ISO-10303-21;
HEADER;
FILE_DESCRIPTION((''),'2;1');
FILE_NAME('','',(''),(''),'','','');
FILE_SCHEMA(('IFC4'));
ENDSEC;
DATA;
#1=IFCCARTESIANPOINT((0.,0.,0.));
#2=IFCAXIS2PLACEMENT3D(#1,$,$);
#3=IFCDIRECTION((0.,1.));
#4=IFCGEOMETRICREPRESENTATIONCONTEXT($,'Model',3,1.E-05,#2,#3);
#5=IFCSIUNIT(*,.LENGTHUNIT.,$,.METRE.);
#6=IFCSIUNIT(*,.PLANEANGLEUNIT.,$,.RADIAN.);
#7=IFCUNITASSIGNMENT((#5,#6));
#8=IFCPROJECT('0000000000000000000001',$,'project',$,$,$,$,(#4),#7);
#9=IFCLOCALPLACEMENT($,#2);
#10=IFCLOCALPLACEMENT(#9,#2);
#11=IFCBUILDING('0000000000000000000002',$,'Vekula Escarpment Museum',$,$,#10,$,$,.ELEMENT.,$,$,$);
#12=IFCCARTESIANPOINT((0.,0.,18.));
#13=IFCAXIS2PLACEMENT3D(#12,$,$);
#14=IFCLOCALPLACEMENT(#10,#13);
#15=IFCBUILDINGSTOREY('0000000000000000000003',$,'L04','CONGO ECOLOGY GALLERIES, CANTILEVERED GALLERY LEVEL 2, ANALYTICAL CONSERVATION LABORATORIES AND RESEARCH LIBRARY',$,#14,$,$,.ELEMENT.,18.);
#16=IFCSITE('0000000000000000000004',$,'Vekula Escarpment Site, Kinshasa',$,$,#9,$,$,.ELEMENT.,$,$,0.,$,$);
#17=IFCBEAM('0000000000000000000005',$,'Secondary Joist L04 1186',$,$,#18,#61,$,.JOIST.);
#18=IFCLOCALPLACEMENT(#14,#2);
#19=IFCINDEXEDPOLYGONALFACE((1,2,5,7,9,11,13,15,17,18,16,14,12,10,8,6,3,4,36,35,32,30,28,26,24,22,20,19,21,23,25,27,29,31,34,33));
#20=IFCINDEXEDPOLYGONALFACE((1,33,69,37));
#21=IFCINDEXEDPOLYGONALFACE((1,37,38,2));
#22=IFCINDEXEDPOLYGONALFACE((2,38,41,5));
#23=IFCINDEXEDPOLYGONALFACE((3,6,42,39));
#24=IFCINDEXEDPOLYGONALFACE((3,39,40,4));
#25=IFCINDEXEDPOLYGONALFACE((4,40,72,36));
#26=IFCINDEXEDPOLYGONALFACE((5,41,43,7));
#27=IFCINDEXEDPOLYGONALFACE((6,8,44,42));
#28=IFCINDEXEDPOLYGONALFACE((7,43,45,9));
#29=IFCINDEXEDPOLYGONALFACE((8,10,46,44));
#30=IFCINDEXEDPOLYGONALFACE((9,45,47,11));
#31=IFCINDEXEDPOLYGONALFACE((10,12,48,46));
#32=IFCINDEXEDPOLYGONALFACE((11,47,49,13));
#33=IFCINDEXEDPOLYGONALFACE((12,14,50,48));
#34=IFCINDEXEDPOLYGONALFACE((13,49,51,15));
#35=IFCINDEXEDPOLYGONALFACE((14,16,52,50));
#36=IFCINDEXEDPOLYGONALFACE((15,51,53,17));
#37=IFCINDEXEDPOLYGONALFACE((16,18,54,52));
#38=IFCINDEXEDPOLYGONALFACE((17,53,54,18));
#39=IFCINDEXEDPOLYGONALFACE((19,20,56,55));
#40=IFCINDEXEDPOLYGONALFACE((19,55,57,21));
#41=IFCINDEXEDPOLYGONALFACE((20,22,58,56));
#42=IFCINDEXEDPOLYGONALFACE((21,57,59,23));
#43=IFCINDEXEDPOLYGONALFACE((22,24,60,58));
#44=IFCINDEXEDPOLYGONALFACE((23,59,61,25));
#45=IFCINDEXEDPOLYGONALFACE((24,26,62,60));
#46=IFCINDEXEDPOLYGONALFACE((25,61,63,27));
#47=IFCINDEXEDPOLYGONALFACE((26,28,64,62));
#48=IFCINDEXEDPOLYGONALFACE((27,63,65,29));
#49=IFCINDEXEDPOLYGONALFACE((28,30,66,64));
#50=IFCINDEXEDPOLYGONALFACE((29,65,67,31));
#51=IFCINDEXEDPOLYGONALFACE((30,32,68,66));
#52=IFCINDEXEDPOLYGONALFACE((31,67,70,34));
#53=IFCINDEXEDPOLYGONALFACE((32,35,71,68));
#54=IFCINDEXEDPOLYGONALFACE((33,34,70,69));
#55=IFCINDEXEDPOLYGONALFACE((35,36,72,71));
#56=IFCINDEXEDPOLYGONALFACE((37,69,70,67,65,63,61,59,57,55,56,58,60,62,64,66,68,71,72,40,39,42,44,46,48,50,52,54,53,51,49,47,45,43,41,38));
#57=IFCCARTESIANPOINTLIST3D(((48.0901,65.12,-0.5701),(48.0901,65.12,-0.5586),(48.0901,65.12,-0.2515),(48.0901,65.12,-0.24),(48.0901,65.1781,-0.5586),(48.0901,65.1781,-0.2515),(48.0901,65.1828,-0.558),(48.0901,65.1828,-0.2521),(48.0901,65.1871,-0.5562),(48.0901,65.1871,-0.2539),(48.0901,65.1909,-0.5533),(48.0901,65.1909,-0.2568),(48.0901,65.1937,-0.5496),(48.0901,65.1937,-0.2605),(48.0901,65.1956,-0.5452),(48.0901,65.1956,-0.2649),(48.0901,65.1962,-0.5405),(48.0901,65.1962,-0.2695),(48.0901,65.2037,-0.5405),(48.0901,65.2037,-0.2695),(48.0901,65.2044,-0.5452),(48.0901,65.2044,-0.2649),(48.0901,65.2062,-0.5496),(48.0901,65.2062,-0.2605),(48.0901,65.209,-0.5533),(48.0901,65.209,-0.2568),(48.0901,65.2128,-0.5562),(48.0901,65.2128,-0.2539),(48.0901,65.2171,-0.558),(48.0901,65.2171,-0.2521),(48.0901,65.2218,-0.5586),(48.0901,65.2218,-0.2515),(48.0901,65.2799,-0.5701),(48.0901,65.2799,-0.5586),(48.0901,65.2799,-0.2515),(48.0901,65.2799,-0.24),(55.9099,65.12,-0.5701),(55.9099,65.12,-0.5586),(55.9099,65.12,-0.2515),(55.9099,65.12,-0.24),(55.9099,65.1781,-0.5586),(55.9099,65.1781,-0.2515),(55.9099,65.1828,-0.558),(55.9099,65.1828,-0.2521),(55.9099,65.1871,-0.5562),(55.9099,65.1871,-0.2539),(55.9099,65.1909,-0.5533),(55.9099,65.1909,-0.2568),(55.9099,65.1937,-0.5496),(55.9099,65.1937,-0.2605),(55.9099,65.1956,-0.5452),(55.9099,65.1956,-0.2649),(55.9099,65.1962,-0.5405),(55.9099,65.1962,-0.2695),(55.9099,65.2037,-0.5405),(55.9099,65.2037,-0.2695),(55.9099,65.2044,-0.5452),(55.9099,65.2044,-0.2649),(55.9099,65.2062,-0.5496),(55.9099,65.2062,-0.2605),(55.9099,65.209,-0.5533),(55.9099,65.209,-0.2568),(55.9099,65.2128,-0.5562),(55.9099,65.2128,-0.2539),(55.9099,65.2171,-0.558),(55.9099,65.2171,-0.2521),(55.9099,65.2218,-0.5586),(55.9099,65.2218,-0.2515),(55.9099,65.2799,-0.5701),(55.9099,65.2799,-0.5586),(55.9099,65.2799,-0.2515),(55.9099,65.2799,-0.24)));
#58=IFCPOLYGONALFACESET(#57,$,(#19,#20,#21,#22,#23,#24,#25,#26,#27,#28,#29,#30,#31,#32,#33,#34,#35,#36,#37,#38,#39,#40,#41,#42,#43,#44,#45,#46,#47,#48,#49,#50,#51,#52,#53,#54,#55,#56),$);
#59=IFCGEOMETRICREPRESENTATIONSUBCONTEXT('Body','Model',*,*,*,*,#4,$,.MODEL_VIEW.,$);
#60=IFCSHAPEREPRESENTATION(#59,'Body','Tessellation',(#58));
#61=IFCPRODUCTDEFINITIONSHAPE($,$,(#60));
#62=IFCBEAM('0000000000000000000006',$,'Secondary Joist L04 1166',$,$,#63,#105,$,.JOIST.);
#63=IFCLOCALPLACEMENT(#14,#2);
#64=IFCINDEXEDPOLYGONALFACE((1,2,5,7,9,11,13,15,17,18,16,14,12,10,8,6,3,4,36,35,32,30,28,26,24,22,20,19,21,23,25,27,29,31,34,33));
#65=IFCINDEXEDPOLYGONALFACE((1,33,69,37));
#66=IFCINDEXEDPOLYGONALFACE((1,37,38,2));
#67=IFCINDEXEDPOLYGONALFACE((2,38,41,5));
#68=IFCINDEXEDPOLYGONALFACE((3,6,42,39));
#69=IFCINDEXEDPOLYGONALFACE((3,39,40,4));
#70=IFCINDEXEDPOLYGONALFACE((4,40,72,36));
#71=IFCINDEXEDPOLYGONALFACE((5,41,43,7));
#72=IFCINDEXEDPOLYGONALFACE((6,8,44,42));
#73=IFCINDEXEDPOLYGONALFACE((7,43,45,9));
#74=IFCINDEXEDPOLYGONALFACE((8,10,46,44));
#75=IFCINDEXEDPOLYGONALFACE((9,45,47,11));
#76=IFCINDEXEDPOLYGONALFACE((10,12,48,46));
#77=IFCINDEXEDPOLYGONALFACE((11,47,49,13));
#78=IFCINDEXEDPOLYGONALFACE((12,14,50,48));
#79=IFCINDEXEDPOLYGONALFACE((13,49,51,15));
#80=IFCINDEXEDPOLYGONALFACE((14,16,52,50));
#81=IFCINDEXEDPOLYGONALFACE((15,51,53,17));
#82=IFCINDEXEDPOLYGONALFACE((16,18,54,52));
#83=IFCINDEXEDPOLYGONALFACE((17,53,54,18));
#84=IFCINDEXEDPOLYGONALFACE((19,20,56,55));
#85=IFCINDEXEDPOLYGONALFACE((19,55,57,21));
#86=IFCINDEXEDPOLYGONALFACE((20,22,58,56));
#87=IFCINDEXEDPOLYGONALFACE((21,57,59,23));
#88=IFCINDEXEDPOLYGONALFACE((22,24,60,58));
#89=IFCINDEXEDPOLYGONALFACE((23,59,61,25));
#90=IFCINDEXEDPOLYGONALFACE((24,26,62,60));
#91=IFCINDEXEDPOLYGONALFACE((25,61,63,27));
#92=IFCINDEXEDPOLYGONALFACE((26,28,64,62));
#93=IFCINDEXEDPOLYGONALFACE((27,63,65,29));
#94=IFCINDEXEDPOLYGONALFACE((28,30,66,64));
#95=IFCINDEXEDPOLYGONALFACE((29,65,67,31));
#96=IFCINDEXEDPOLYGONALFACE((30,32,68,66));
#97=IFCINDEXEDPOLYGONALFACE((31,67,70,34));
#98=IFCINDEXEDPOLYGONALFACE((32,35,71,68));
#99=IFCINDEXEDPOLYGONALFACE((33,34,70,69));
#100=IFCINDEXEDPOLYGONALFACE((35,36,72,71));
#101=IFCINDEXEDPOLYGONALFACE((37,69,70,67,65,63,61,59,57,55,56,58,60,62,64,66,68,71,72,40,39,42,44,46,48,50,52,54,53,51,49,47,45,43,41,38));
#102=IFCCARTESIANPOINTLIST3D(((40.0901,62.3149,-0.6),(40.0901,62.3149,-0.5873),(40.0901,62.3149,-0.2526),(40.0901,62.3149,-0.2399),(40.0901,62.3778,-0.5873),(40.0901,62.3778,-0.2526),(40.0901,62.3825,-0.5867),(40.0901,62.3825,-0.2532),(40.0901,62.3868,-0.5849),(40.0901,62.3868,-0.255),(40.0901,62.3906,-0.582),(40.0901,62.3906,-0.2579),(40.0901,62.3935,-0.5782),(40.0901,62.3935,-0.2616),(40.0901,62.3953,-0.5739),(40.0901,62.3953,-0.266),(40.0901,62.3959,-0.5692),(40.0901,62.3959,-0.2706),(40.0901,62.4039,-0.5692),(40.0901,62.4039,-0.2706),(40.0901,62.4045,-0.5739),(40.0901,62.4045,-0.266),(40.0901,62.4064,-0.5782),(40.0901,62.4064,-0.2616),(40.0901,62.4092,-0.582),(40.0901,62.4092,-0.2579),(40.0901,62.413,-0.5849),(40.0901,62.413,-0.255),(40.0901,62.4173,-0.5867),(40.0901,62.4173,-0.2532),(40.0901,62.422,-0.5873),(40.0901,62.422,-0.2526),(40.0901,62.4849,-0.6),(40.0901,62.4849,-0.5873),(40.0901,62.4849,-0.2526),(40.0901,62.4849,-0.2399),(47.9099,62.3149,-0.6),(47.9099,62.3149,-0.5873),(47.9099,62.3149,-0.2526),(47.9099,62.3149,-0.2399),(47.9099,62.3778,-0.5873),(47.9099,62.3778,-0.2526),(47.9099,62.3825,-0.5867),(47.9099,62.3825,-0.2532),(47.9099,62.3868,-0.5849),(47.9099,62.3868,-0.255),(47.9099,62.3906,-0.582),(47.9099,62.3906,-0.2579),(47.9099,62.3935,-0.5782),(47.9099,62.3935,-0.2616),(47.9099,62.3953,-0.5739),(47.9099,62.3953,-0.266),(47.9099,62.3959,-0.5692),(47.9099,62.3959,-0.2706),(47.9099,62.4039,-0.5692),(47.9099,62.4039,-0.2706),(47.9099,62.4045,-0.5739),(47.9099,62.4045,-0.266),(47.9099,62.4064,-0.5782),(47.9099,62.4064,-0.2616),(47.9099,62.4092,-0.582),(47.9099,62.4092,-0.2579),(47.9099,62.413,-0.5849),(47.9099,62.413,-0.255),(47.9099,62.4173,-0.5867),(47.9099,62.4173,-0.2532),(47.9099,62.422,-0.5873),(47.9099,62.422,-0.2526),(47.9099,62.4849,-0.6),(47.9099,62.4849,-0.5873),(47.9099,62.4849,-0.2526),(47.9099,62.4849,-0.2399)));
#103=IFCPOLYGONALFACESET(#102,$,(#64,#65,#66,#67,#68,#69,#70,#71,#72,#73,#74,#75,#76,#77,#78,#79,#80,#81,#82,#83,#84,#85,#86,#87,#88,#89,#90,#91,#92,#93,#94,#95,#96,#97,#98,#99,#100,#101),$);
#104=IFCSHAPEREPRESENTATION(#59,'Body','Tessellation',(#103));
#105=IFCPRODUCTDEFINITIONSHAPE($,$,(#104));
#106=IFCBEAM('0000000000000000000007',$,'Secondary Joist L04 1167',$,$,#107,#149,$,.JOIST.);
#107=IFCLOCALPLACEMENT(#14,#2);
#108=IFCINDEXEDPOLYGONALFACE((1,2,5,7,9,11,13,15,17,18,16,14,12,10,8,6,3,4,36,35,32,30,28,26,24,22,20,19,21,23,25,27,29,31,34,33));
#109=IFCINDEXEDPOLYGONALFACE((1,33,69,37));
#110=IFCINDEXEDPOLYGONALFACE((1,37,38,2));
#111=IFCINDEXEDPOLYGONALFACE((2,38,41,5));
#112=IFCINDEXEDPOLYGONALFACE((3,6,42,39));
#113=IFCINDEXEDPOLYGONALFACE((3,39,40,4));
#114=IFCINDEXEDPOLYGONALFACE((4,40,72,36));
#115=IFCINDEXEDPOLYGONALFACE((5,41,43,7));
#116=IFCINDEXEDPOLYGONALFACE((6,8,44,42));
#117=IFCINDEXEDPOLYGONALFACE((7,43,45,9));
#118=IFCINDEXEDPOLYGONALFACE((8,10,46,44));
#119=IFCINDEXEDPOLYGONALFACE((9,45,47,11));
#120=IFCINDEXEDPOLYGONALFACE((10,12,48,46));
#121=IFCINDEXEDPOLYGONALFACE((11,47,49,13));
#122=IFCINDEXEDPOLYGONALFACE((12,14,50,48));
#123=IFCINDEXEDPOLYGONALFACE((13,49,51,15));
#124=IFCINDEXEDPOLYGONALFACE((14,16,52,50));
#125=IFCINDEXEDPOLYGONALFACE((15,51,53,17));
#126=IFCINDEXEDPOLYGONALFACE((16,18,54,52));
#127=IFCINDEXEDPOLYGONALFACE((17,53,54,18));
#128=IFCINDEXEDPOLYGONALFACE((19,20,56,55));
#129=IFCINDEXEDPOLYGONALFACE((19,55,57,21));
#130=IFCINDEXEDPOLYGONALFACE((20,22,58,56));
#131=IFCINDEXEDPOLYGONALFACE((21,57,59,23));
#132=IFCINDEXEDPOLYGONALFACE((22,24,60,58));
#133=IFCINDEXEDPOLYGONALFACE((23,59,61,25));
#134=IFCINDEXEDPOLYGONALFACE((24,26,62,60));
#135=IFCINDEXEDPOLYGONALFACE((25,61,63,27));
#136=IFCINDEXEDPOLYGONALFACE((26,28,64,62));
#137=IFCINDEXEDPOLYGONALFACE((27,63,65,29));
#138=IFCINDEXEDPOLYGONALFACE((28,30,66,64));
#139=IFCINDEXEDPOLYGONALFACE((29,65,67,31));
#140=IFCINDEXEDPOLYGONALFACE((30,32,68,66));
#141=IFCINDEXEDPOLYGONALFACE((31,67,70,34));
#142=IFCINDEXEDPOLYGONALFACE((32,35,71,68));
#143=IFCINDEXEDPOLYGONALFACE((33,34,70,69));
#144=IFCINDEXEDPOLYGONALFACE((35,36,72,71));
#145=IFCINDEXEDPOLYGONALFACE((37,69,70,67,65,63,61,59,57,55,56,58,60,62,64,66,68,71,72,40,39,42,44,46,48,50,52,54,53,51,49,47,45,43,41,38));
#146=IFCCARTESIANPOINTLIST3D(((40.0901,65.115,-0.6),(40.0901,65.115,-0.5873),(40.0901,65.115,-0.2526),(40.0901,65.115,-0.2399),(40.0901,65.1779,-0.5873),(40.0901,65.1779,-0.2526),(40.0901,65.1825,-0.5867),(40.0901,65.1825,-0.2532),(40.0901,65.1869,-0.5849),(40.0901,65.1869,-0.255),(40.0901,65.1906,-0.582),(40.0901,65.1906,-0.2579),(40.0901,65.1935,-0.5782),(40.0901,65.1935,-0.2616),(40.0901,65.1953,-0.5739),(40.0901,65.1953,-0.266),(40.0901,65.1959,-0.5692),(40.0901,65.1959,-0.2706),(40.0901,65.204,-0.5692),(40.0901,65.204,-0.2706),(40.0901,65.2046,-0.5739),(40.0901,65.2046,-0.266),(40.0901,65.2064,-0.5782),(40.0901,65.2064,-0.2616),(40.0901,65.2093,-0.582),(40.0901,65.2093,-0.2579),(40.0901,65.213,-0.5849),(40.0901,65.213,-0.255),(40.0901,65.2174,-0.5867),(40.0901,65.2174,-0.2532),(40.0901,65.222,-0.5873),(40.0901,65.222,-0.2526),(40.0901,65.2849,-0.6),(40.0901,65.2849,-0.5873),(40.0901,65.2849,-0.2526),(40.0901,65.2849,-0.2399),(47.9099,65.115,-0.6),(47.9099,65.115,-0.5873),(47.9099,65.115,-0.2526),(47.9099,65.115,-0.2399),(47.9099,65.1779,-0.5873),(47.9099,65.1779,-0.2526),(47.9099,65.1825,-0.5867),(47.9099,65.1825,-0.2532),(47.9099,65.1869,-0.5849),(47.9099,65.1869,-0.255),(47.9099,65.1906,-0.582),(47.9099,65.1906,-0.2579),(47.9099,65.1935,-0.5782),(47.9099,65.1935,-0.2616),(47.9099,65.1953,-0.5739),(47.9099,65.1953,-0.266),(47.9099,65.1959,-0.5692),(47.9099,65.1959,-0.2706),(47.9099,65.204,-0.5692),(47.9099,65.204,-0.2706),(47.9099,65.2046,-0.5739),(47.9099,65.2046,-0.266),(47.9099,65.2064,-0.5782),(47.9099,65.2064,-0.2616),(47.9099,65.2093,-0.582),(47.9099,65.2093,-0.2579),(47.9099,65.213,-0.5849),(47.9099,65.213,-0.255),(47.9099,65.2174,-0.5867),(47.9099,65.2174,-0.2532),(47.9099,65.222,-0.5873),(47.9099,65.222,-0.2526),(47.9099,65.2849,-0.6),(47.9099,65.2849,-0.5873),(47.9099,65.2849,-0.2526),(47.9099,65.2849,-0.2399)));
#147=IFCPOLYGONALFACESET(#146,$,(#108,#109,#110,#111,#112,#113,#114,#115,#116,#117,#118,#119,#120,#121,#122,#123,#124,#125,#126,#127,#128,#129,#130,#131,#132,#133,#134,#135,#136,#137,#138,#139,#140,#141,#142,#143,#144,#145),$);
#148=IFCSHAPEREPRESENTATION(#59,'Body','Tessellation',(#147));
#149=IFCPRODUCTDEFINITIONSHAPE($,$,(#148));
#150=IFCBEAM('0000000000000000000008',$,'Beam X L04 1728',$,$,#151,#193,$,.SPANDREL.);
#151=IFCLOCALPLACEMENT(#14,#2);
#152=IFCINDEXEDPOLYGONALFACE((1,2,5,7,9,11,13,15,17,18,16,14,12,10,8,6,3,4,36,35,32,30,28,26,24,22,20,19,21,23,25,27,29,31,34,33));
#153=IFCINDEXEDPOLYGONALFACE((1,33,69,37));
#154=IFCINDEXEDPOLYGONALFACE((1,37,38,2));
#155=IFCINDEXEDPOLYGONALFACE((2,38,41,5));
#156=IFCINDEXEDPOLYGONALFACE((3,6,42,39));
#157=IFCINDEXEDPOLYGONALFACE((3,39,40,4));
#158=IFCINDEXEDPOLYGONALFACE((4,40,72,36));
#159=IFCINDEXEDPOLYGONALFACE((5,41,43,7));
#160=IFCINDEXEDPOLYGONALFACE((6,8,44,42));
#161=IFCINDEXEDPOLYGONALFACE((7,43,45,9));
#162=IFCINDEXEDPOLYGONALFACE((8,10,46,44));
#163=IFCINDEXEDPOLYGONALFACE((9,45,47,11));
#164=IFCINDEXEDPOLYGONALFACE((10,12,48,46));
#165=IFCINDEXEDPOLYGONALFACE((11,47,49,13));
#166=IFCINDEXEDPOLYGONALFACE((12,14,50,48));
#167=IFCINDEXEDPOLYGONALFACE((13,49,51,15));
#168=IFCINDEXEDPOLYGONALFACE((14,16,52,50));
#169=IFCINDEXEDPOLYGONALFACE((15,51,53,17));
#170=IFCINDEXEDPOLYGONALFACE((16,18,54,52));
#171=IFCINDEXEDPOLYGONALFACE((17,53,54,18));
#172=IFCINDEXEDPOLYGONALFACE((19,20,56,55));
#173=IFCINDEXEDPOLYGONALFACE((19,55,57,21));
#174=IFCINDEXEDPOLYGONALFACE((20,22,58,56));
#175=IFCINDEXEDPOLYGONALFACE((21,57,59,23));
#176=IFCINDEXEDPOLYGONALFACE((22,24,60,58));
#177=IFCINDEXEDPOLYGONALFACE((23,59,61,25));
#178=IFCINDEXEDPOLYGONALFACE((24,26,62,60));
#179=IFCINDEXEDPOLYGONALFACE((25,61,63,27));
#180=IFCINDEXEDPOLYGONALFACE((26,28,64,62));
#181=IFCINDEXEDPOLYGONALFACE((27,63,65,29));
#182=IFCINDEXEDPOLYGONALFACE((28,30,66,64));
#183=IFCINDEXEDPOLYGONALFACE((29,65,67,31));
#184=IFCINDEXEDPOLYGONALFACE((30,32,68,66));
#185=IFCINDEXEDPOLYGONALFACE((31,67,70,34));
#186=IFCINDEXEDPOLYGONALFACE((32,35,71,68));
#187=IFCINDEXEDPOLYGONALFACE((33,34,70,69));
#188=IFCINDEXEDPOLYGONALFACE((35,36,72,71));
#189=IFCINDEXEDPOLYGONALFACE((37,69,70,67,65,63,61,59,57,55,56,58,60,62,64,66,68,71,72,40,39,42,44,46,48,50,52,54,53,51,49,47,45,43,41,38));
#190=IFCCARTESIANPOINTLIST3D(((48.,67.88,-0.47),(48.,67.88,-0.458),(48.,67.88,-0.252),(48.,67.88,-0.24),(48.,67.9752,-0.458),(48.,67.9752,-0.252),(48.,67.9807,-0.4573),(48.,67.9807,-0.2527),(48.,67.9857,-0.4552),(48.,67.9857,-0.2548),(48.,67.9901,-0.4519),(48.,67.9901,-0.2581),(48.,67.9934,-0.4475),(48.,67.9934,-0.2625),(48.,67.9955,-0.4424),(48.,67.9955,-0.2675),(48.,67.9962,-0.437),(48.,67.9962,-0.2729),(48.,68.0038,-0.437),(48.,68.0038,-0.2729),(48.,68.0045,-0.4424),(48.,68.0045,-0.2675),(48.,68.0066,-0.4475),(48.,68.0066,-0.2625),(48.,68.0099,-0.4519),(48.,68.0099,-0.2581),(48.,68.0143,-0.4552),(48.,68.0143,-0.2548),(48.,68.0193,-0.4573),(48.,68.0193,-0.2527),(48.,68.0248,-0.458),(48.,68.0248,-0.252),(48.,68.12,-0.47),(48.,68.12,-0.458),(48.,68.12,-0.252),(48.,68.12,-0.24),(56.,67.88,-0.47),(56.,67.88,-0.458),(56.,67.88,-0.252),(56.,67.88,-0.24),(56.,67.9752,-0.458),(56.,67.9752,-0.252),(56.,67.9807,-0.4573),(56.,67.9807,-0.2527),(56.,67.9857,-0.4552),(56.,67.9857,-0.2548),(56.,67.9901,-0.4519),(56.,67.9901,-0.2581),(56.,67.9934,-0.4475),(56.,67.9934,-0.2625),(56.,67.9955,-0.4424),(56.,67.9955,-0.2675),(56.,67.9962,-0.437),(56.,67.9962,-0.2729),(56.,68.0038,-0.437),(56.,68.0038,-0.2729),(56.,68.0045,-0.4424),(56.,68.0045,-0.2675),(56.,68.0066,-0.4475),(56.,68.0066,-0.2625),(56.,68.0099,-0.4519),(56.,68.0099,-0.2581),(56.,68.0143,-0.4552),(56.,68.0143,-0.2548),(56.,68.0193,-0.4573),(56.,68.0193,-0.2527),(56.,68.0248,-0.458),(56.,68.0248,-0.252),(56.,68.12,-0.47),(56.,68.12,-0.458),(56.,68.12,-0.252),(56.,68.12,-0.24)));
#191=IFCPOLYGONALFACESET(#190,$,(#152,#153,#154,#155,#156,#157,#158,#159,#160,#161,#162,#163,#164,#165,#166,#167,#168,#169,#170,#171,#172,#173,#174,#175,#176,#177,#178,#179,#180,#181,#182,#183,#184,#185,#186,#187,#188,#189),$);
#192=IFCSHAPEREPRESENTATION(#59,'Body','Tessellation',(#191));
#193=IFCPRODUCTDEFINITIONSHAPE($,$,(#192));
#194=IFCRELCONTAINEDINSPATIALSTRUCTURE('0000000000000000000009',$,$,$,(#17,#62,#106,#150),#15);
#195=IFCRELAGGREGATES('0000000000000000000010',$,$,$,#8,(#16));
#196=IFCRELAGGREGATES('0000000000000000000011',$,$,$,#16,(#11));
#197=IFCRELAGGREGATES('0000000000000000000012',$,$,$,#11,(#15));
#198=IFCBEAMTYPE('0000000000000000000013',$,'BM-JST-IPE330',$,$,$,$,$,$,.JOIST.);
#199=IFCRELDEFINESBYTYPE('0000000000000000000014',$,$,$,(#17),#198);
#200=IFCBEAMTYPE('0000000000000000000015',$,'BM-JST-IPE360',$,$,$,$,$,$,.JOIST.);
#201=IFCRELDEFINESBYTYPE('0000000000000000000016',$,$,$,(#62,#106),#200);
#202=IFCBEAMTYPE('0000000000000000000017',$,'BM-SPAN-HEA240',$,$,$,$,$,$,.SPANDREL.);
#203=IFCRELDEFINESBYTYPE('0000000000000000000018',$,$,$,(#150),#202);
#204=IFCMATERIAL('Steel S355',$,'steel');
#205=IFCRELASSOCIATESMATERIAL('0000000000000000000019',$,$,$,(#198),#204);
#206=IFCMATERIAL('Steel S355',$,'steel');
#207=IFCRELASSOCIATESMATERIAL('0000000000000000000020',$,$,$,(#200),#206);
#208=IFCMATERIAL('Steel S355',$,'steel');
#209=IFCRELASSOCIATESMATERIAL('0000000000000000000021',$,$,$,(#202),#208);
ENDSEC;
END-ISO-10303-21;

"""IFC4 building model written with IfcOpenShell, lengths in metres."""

from ifc_helpers import new_model, si_unit, direction, frame, origin, origin_2d, place, context, subcontext, project, spatial, i_section, extrude, material, material_profile, profile_set, type_object, element, save


model = new_model("IFC4")

# Units and contexts
model_context = context("Model", 3, precision=1e-05, world=origin(), true_north=direction((0.0, 1.0)))
body_context = subcontext(model_context, "Body", "Model", "MODEL_VIEW")
ifc_project = project(units=[si_unit("LENGTHUNIT", "METRE"), si_unit("PLANEANGLEUNIT", "RADIAN")], contexts=[model_context])

# Site, building, storey
site_placement = place(None, origin())
site = spatial("IfcSite", under=ifc_project, at=site_placement, Name="Vekula Escarpment Site, Kinshasa", CompositionType="ELEMENT", RefElevation=0.0)
building_placement = place(site_placement, origin())
building = spatial("IfcBuilding", under=site, at=building_placement, Name="Vekula Escarpment Museum", CompositionType="ELEMENT")
storey_placement = place(building_placement, frame((0.0, 0.0, 18.0)))
storey = spatial("IfcBuildingStorey", under=building, at=storey_placement, Name="L04", Description="CONGO ECOLOGY GALLERIES, CANTILEVERED GALLERY LEVEL 2, ANALYTICAL CONSERVATION LABORATORIES AND RESEARCH LIBRARY", CompositionType="ELEMENT", Elevation=18.0)

# Beams
ifc_material_1 = material(Name="Steel S355", Category="steel")
ifc_material_profile_1 = material_profile(ifc_material_1, i_section(OverallWidth=0.1599, OverallDepth=0.3301, WebThickness=0.0076, FlangeThickness=0.0115, FilletRadius=0.0181, at=origin_2d()), Name="IPE 330")
ifc_profile_set_1 = profile_set([ifc_material_profile_1], Name="Steel S355")
beam_type_1 = type_object("IfcBeamType", Name="BM-JST-IPE330", PredefinedType="JOIST", material=ifc_profile_set_1)
for number, where, z_axis, x_axis, name in (
    (1, (48.0901, 65.2, -0.405), (1.0, 0.0, 0.0), (0.0, 1.0, 0.0), "Secondary Joist L04 1186"),
):
    element("IfcBeam", number, at=place(storey_placement, frame(where, z_axis=z_axis, x_axis=x_axis)), inside=storey, type_object=beam_type_1, Name=name, PredefinedType="JOIST", context=body_context, shape_type="SweptSolid", body=[
        extrude(i_section(OverallWidth=0.1599, OverallDepth=0.3301, WebThickness=0.0076, FlangeThickness=0.0115, FilletRadius=0.0181, at=origin_2d()), origin(), (0.0, 0.0, 1.0), 7.8198),
    ])
ifc_material_2 = material(Name="Steel S355", Category="steel")
ifc_material_profile_2 = material_profile(ifc_material_2, i_section(OverallWidth=0.1699, OverallDepth=0.3601, WebThickness=0.0081, FlangeThickness=0.0127, FilletRadius=0.0181, at=origin_2d()), Name="IPE 360")
ifc_profile_set_2 = profile_set([ifc_material_profile_2], Name="Steel S355")
beam_type_2 = type_object("IfcBeamType", Name="BM-JST-IPE360", PredefinedType="JOIST", material=ifc_profile_set_2)
for number, where, z_axis, x_axis, name in (
    (2, (40.0901, 62.3999, -0.4199), (1.0, 0.0, 0.0), (0.0, 1.0, 0.0), "Secondary Joist L04 1166"),
    (3, (40.0901, 65.2, -0.4199), (1.0, 0.0, 0.0), (0.0, 1.0, 0.0), "Secondary Joist L04 1167"),
):
    element("IfcBeam", number, at=place(storey_placement, frame(where, z_axis=z_axis, x_axis=x_axis)), inside=storey, type_object=beam_type_2, Name=name, PredefinedType="JOIST", context=body_context, shape_type="SweptSolid", body=[
        extrude(i_section(OverallWidth=0.1699, OverallDepth=0.3601, WebThickness=0.0081, FlangeThickness=0.0127, FilletRadius=0.0181, at=origin_2d()), origin(), (0.0, 0.0, 1.0), 7.8198),
    ])
ifc_material_3 = material(Name="Steel S355", Category="steel")
ifc_material_profile_3 = material_profile(ifc_material_3, i_section(OverallWidth=0.24, OverallDepth=0.23, WebThickness=0.0076, FlangeThickness=0.012, FilletRadius=0.021, at=origin_2d()), Name="HEA 240")
ifc_profile_set_3 = profile_set([ifc_material_profile_3], Name="Steel S355")
beam_type_3 = type_object("IfcBeamType", Name="BM-SPAN-HEA240", PredefinedType="SPANDREL", material=ifc_profile_set_3)
beam_1_placement = place(storey_placement, frame((48.0, 68.0, -0.355), z_axis=(1.0, 0.0, 0.0), x_axis=(0.0, 1.0, 0.0)))
element("IfcBeam", 4, at=beam_1_placement, inside=storey, type_object=beam_type_3, Name="Beam X L04 1728", PredefinedType="SPANDREL", context=body_context, shape_type="SweptSolid", body=[
    extrude(i_section(OverallWidth=0.24, OverallDepth=0.23, WebThickness=0.0076, FlangeThickness=0.012, FilletRadius=0.021, at=origin_2d()), origin(), (0.0, 0.0, 1.0), 8.0),
])

save(model, "model.ifc")
